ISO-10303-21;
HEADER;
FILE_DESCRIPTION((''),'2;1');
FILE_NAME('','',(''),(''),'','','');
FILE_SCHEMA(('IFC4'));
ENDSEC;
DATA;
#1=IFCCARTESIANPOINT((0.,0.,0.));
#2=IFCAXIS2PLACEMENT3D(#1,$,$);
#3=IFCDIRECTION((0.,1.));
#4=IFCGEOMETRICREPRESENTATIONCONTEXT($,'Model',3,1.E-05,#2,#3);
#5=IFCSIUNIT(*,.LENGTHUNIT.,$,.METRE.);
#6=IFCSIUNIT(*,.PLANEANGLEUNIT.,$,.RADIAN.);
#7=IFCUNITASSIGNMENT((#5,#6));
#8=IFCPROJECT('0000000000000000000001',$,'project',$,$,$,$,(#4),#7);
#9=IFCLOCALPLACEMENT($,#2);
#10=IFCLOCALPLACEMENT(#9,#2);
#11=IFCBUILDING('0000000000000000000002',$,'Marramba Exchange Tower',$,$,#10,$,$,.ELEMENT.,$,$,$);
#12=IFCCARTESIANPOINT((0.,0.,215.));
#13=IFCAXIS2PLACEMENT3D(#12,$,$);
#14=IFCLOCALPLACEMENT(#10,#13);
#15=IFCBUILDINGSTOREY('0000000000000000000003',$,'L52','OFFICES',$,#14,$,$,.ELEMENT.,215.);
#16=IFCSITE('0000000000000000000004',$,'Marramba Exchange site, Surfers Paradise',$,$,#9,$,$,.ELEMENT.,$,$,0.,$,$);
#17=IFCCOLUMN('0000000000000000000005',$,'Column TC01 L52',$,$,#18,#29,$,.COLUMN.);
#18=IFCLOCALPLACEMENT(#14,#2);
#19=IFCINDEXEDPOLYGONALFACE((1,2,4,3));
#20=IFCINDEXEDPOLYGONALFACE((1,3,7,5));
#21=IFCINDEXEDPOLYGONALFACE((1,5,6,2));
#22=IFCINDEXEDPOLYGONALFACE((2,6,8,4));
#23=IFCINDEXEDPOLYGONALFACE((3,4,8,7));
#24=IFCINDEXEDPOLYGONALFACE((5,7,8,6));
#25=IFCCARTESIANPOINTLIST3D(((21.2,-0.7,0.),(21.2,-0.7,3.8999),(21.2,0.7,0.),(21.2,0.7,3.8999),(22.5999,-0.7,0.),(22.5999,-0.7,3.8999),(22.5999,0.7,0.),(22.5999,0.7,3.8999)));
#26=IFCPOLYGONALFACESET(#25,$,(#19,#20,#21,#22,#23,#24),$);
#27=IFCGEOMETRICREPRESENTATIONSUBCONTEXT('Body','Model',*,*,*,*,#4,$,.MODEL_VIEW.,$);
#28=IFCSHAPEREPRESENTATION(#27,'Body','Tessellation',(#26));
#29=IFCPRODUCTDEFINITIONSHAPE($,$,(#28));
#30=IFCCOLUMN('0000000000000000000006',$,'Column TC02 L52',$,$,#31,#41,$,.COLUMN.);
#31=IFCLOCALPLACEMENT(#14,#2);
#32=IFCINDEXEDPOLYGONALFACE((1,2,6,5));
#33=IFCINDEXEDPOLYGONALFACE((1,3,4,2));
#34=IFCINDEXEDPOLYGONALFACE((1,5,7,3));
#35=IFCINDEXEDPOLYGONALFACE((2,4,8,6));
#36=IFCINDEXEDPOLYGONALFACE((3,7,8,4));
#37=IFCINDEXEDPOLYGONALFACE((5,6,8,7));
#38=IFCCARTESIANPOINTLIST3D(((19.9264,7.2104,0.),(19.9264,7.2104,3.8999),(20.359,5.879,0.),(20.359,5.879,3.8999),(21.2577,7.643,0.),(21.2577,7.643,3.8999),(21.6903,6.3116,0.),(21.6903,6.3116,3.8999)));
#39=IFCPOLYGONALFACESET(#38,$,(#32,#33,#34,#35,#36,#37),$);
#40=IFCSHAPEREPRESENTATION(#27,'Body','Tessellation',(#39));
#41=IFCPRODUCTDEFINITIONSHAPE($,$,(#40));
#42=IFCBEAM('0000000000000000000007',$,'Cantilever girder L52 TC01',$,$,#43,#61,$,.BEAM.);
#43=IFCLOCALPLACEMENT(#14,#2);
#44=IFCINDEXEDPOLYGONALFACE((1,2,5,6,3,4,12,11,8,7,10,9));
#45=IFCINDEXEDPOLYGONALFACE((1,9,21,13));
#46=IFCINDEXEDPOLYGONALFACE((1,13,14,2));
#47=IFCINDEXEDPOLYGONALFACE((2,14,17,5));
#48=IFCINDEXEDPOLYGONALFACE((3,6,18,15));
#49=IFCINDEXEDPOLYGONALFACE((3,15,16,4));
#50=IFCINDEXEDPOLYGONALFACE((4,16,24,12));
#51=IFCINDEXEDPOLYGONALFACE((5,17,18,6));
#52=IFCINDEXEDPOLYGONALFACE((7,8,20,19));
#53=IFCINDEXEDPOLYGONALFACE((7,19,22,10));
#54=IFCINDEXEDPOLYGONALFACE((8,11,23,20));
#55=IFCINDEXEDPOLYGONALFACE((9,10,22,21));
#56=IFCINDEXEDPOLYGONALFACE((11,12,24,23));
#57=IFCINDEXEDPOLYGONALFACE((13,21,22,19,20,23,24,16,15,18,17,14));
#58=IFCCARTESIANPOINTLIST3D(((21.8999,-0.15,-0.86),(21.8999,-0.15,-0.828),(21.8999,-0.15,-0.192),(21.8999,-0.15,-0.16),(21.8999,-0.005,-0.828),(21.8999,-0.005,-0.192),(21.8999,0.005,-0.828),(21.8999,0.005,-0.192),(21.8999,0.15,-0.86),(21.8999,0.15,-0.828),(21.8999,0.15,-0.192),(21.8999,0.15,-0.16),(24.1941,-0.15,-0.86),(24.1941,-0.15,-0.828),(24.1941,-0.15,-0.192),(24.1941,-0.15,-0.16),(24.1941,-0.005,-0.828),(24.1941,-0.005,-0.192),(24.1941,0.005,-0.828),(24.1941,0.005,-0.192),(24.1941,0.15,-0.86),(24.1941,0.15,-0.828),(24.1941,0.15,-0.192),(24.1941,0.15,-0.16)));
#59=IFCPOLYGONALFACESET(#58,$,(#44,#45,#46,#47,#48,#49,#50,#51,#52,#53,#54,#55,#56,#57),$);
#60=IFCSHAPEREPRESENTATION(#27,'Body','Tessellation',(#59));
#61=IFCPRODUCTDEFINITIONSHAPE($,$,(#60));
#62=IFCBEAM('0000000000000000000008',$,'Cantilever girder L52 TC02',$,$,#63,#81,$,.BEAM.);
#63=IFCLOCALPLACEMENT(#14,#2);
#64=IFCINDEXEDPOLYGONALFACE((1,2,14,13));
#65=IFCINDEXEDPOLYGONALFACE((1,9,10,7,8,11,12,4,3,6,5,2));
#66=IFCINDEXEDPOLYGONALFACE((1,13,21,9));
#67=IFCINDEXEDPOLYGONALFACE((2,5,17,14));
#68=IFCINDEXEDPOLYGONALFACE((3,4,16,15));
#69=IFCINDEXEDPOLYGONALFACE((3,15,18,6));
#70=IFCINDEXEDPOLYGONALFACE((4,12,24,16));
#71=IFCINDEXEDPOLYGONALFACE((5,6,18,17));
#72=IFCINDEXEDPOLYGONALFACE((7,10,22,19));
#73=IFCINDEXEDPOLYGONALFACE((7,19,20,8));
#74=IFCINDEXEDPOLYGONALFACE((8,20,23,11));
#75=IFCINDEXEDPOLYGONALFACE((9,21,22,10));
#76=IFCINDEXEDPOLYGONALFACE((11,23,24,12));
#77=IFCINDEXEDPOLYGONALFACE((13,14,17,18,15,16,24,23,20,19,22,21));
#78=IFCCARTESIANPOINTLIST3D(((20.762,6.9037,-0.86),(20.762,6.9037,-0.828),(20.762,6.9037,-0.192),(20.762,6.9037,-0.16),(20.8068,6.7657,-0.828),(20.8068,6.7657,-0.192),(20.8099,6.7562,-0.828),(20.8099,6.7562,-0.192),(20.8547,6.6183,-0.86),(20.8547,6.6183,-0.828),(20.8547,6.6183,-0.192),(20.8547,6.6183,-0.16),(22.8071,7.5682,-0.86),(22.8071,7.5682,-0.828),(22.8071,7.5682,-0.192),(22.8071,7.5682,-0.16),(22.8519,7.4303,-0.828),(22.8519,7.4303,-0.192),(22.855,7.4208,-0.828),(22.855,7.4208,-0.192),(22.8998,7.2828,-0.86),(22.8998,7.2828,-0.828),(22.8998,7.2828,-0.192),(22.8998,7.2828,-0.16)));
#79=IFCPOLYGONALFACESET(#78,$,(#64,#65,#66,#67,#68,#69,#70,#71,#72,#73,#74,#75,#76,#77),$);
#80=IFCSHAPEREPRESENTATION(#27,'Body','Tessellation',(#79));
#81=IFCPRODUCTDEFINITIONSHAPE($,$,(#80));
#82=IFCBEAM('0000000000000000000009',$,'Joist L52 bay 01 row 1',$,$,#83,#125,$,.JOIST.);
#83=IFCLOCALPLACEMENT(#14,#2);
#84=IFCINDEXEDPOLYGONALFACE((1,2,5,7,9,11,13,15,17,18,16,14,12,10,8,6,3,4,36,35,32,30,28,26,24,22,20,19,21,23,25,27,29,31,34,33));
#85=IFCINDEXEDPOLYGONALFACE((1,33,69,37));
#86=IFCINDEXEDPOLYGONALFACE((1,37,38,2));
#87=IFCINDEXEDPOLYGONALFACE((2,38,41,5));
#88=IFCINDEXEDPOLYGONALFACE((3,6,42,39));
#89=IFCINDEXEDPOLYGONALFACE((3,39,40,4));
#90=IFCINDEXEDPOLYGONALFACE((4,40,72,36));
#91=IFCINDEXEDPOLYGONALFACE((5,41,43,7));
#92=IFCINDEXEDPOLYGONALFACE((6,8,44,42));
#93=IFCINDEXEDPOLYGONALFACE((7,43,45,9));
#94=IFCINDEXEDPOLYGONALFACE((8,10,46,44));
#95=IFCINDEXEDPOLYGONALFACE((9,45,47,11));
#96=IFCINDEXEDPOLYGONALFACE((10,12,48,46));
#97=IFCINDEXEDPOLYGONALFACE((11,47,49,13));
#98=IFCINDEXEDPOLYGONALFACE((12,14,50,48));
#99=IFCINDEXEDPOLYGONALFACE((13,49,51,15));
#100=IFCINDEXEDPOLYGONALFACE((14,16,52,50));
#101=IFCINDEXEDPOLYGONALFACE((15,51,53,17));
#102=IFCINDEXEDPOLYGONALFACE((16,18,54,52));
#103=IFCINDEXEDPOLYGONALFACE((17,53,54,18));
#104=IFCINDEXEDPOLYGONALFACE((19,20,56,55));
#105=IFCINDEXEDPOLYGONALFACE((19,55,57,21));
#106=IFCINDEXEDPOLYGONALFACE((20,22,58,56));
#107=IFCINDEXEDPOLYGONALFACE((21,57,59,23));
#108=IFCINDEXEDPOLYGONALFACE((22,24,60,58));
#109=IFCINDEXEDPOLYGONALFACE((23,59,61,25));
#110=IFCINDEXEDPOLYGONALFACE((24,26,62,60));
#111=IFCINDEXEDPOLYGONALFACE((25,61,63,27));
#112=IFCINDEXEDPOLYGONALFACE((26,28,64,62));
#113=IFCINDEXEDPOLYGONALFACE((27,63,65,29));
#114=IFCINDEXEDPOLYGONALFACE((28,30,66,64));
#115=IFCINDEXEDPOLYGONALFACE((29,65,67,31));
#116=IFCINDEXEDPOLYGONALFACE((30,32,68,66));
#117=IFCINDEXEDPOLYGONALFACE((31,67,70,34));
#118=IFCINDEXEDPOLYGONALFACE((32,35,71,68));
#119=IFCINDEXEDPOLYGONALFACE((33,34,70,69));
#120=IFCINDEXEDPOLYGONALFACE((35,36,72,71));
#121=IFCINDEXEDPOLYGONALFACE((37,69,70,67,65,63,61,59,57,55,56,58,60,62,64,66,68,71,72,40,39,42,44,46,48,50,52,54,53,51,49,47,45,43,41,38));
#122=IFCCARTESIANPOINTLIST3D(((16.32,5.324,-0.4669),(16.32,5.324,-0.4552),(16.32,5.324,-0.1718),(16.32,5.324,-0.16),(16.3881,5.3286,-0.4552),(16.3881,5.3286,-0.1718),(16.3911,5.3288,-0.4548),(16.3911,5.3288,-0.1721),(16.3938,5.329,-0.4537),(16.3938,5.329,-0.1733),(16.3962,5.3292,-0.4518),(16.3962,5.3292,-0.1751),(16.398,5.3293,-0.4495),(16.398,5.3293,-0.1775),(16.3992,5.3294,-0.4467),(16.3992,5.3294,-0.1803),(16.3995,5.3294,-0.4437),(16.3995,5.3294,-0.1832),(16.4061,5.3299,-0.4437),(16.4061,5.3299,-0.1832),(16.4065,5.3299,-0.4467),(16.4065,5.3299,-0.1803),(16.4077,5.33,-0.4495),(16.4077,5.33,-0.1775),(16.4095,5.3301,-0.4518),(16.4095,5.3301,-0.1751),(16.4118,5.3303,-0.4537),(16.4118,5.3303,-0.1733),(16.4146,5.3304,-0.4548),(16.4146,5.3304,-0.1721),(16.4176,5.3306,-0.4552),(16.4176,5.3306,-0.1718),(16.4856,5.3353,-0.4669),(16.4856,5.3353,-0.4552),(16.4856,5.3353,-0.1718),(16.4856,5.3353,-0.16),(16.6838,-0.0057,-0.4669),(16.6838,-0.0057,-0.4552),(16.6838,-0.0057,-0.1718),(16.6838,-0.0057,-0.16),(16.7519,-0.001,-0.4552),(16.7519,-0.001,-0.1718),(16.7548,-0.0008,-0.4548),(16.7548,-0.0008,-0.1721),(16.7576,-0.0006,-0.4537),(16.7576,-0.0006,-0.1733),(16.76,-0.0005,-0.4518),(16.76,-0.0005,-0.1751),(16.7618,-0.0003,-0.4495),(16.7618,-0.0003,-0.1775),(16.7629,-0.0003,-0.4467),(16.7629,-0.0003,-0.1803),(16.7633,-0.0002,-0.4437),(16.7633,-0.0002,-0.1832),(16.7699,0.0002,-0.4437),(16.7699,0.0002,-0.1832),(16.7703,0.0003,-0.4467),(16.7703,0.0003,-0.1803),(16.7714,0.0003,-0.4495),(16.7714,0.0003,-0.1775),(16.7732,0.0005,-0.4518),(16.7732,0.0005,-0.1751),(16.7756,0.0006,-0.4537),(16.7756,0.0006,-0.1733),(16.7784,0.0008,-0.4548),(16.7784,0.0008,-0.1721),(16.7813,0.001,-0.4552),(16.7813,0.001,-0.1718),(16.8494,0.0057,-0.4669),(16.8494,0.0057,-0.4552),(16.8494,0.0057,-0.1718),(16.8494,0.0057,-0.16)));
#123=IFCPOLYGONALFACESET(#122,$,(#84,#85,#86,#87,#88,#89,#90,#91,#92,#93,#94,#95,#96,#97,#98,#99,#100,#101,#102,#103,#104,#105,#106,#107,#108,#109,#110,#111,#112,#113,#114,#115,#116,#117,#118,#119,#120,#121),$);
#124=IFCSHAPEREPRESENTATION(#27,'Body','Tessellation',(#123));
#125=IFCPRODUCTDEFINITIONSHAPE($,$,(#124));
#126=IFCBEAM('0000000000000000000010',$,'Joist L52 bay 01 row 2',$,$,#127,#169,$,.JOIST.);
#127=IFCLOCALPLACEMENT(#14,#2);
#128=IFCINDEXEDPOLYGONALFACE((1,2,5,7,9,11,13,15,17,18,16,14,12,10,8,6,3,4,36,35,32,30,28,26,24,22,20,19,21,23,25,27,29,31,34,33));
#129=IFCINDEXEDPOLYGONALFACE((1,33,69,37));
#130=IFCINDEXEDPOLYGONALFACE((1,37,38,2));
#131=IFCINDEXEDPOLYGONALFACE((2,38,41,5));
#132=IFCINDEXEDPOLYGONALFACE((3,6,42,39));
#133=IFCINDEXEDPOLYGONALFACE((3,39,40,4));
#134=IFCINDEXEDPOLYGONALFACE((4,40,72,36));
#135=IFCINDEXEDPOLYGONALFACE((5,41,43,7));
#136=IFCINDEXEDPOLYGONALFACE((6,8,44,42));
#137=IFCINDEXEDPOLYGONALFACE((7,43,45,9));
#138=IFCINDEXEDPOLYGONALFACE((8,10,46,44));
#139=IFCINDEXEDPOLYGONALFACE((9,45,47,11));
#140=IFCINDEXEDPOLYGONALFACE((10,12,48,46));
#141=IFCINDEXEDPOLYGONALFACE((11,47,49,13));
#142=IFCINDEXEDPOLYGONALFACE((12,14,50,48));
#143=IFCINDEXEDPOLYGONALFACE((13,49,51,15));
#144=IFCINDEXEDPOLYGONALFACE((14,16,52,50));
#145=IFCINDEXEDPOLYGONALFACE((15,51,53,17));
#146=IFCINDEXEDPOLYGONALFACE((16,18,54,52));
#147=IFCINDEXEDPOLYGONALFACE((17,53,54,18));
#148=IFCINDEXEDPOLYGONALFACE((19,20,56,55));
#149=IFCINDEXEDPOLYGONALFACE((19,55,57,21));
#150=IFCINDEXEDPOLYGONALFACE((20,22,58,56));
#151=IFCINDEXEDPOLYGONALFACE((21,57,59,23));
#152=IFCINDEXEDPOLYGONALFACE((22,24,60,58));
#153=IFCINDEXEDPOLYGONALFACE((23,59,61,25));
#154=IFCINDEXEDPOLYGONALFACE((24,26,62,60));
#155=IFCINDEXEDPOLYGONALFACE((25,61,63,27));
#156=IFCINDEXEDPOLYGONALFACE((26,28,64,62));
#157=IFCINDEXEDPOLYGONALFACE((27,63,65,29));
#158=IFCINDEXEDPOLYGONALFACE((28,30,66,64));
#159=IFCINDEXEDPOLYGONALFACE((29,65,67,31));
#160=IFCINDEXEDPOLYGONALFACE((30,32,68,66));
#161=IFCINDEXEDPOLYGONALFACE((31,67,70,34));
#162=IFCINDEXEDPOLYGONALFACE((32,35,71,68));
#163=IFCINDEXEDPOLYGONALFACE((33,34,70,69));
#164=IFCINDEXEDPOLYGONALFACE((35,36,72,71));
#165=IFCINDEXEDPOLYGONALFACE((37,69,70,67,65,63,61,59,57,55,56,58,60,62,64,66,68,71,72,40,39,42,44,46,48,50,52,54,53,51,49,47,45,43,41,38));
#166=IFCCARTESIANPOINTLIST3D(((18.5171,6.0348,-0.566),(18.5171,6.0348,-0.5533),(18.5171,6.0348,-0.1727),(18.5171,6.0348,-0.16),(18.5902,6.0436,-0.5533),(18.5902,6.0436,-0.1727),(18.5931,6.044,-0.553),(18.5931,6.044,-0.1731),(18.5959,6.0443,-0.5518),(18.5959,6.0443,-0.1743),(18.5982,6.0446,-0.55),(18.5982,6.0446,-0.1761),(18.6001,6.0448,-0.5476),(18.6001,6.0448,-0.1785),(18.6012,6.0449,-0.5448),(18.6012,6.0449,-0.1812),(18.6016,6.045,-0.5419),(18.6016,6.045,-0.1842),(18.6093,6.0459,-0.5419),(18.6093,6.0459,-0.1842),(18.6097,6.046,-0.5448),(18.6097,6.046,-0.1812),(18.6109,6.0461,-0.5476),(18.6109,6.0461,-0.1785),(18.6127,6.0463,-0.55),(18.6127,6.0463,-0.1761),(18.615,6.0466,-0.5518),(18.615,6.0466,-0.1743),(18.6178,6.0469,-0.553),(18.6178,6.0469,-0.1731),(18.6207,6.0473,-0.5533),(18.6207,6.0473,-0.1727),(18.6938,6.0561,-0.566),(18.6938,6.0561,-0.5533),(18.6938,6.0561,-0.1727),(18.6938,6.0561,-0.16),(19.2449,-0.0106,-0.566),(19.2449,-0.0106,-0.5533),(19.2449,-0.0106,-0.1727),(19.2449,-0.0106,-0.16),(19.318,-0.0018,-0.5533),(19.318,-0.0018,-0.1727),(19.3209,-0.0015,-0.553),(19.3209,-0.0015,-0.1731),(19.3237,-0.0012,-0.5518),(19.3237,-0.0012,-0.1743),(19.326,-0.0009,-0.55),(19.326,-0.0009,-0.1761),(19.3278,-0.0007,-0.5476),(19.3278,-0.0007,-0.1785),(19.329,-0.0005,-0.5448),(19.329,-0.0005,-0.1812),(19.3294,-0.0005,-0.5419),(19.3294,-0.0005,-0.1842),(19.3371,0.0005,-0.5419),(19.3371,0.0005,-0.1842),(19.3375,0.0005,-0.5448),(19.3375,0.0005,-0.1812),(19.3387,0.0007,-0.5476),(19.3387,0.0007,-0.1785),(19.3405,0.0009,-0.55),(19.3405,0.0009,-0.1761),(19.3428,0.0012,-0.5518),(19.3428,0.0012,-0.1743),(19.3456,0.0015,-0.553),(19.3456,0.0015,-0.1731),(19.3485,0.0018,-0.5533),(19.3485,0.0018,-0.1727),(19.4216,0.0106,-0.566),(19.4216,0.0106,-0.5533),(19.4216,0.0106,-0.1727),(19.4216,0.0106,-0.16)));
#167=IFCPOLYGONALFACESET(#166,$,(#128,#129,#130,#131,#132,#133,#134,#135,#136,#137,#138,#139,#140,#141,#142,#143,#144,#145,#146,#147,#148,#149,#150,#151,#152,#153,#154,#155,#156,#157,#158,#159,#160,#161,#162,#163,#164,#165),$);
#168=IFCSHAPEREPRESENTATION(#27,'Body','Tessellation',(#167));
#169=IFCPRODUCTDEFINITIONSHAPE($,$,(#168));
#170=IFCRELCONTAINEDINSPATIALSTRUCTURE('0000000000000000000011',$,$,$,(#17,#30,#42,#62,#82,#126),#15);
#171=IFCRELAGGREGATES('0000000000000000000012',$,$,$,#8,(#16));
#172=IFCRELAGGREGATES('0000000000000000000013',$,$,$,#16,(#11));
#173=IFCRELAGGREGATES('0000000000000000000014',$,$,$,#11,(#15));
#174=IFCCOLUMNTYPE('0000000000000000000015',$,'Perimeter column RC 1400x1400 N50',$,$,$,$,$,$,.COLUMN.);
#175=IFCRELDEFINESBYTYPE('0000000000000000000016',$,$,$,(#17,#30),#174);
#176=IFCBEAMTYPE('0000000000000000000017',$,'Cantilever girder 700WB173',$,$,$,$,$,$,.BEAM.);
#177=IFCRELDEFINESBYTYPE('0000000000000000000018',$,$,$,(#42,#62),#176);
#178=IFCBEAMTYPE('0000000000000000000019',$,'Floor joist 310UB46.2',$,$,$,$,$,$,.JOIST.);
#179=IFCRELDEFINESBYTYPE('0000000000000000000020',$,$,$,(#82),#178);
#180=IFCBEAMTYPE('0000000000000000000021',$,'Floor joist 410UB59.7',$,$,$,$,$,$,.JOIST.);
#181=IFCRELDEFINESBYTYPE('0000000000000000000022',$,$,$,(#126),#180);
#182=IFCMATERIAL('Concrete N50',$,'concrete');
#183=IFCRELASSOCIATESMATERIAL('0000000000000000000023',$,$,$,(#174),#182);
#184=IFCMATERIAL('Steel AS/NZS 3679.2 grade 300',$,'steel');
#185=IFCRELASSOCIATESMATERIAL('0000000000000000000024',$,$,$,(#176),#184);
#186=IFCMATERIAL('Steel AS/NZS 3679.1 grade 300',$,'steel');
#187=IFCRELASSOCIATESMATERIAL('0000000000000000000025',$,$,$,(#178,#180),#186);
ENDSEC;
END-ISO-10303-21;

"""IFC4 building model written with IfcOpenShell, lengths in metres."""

from ifc_helpers import new_model, si_unit, direction, frame, origin, origin_2d, place, context, subcontext, project, spatial, rectangle, i_section, extrude, material, material_profile, profile_set, type_object, element, save


model = new_model("IFC4")

# Units and contexts
model_context = context("Model", 3, precision=1e-05, world=origin(), true_north=direction((0.0, 1.0)))
body_context = subcontext(model_context, "Body", "Model", "MODEL_VIEW")
ifc_project = project(units=[si_unit("LENGTHUNIT", "METRE"), si_unit("PLANEANGLEUNIT", "RADIAN")], contexts=[model_context])

# Site, building, storey
site_placement = place(None, origin())
site = spatial("IfcSite", under=ifc_project, at=site_placement, Name="Marramba Exchange site, Surfers Paradise", CompositionType="ELEMENT", RefElevation=0.0)
building_placement = place(site_placement, origin())
building = spatial("IfcBuilding", under=site, at=building_placement, Name="Marramba Exchange Tower", CompositionType="ELEMENT")
storey_placement = place(building_placement, frame((0.0, 0.0, 215.0)))
storey = spatial("IfcBuildingStorey", under=building, at=storey_placement, Name="L52", Description="OFFICES", CompositionType="ELEMENT", Elevation=215.0)

# Columns
ifc_material_1 = material(Name="Concrete N50", Category="concrete")
ifc_material_profile_1 = material_profile(ifc_material_1, rectangle(XDim=1.3999, YDim=1.3999, at=origin_2d()), Name="RC 1400x1400")
ifc_profile_set_1 = profile_set([ifc_material_profile_1], Name="Concrete N50")
column_type = type_object("IfcColumnType", Name="Perimeter column RC 1400x1400 N50", PredefinedType="COLUMN", material=ifc_profile_set_1)
for number, where, z_axis, x_axis, name in (
    (1, (21.8999, 0.0, 0.0), (0.0, 0.0, 1.0), (1.0, 0.0, 0.0), "Column TC01 L52"),
    (2, (20.8083, 6.761, 0.0), (0.0, 0.0, 1.0), (0.951057, 0.309017, 0.0), "Column TC02 L52"),
):
    element("IfcColumn", number, at=place(storey_placement, frame(where, z_axis=z_axis, x_axis=x_axis)), inside=storey, type_object=column_type, Name=name, PredefinedType="COLUMN", context=body_context, shape_type="SweptSolid", body=[
        extrude(rectangle(XDim=1.3999, YDim=1.3999, at=origin_2d()), origin(), (0.0, 0.0, 1.0), 3.8999),
    ])

# Beams
ifc_material_2 = material(Name="Steel AS/NZS 3679.2 grade 300", Category="steel")
ifc_material_profile_2 = material_profile(ifc_material_2, i_section(OverallWidth=0.3, OverallDepth=0.7, WebThickness=0.01, FlangeThickness=0.032, at=origin_2d()), Name="700WB173")
ifc_profile_set_2 = profile_set([ifc_material_profile_2], Name="Steel AS/NZS 3679.2 grade 300")
beam_type_1 = type_object("IfcBeamType", Name="Cantilever girder 700WB173", PredefinedType="BEAM", material=ifc_profile_set_2)
beam_1_placement = place(storey_placement, frame((21.8999, 0.0, -0.51), z_axis=(1.0, 0.0, 0.0), x_axis=(0.0, 1.0, 0.0)))
element("IfcBeam", 3, at=beam_1_placement, inside=storey, type_object=beam_type_1, Name="Cantilever girder L52 TC01", PredefinedType="BEAM", context=body_context, shape_type="SweptSolid", body=[
    extrude(i_section(OverallWidth=0.3, OverallDepth=0.7, WebThickness=0.01, FlangeThickness=0.032, at=origin_2d()), origin(), (0.0, 0.0, 1.0), 2.2942),
])
beam_2_placement = place(storey_placement, frame((20.8083, 6.761, -0.51), z_axis=(0.951052, 0.309032, 0.0), x_axis=(-0.309032, 0.951052, 0.0)))
element("IfcBeam", 4, at=beam_2_placement, inside=storey, type_object=beam_type_1, Name="Cantilever girder L52 TC02", PredefinedType="BEAM", context=body_context, shape_type="SweptSolid", body=[
    extrude(i_section(OverallWidth=0.3, OverallDepth=0.7, WebThickness=0.01, FlangeThickness=0.032, at=origin_2d()), origin(), (0.0, 0.0, 1.0), 2.1504),
])
ifc_material_3 = material(Name="Steel AS/NZS 3679.1 grade 300", Category="steel")
ifc_material_profile_3 = material_profile(ifc_material_3, i_section(OverallWidth=0.166, OverallDepth=0.3069, WebThickness=0.0066, FlangeThickness=0.0117, FilletRadius=0.0115, at=origin_2d()), Name="310UB46.2")
ifc_profile_set_3 = profile_set([ifc_material_profile_3], Name="Steel AS/NZS 3679.1 grade 300")
beam_type_2 = type_object("IfcBeamType", Name="Floor joist 310UB46.2", PredefinedType="JOIST", material=ifc_profile_set_3)
beam_3_placement = place(storey_placement, frame((16.7666, 0.0, -0.3135), z_axis=(-0.068096, 0.997679, 0.0), x_axis=(-0.997679, -0.068096, 0.0)))
element("IfcBeam", 5, at=beam_3_placement, inside=storey, type_object=beam_type_2, Name="Joist L52 bay 01 row 1", PredefinedType="JOIST", context=body_context, shape_type="SweptSolid", body=[
    extrude(i_section(OverallWidth=0.166, OverallDepth=0.3069, WebThickness=0.0066, FlangeThickness=0.0117, FilletRadius=0.0115, at=origin_2d()), origin(), (0.0, 0.0, 1.0), 5.342),
])
ifc_material_profile_4 = material_profile(ifc_material_3, i_section(OverallWidth=0.178, OverallDepth=0.406, WebThickness=0.0078, FlangeThickness=0.0127, FilletRadius=0.0115, at=origin_2d()), Name="410UB59.7")
ifc_profile_set_4 = profile_set([ifc_material_profile_4], Name="Steel AS/NZS 3679.1 grade 300")
beam_type_3 = type_object("IfcBeamType", Name="Floor joist 410UB59.7", PredefinedType="JOIST", material=ifc_profile_set_4)
beam_4_placement = place(storey_placement, frame((19.3333, 0.0, -0.363), z_axis=(-0.119523, 0.992831, 0.0), x_axis=(-0.992831, -0.119523, 0.0)))
element("IfcBeam", 6, at=beam_4_placement, inside=storey, type_object=beam_type_3, Name="Joist L52 bay 01 row 2", PredefinedType="JOIST", context=body_context, shape_type="SweptSolid", body=[
    extrude(i_section(OverallWidth=0.178, OverallDepth=0.406, WebThickness=0.0078, FlangeThickness=0.0127, FilletRadius=0.0115, at=origin_2d()), origin(), (0.0, 0.0, 1.0), 6.0891),
])

save(model, "model.ifc")
